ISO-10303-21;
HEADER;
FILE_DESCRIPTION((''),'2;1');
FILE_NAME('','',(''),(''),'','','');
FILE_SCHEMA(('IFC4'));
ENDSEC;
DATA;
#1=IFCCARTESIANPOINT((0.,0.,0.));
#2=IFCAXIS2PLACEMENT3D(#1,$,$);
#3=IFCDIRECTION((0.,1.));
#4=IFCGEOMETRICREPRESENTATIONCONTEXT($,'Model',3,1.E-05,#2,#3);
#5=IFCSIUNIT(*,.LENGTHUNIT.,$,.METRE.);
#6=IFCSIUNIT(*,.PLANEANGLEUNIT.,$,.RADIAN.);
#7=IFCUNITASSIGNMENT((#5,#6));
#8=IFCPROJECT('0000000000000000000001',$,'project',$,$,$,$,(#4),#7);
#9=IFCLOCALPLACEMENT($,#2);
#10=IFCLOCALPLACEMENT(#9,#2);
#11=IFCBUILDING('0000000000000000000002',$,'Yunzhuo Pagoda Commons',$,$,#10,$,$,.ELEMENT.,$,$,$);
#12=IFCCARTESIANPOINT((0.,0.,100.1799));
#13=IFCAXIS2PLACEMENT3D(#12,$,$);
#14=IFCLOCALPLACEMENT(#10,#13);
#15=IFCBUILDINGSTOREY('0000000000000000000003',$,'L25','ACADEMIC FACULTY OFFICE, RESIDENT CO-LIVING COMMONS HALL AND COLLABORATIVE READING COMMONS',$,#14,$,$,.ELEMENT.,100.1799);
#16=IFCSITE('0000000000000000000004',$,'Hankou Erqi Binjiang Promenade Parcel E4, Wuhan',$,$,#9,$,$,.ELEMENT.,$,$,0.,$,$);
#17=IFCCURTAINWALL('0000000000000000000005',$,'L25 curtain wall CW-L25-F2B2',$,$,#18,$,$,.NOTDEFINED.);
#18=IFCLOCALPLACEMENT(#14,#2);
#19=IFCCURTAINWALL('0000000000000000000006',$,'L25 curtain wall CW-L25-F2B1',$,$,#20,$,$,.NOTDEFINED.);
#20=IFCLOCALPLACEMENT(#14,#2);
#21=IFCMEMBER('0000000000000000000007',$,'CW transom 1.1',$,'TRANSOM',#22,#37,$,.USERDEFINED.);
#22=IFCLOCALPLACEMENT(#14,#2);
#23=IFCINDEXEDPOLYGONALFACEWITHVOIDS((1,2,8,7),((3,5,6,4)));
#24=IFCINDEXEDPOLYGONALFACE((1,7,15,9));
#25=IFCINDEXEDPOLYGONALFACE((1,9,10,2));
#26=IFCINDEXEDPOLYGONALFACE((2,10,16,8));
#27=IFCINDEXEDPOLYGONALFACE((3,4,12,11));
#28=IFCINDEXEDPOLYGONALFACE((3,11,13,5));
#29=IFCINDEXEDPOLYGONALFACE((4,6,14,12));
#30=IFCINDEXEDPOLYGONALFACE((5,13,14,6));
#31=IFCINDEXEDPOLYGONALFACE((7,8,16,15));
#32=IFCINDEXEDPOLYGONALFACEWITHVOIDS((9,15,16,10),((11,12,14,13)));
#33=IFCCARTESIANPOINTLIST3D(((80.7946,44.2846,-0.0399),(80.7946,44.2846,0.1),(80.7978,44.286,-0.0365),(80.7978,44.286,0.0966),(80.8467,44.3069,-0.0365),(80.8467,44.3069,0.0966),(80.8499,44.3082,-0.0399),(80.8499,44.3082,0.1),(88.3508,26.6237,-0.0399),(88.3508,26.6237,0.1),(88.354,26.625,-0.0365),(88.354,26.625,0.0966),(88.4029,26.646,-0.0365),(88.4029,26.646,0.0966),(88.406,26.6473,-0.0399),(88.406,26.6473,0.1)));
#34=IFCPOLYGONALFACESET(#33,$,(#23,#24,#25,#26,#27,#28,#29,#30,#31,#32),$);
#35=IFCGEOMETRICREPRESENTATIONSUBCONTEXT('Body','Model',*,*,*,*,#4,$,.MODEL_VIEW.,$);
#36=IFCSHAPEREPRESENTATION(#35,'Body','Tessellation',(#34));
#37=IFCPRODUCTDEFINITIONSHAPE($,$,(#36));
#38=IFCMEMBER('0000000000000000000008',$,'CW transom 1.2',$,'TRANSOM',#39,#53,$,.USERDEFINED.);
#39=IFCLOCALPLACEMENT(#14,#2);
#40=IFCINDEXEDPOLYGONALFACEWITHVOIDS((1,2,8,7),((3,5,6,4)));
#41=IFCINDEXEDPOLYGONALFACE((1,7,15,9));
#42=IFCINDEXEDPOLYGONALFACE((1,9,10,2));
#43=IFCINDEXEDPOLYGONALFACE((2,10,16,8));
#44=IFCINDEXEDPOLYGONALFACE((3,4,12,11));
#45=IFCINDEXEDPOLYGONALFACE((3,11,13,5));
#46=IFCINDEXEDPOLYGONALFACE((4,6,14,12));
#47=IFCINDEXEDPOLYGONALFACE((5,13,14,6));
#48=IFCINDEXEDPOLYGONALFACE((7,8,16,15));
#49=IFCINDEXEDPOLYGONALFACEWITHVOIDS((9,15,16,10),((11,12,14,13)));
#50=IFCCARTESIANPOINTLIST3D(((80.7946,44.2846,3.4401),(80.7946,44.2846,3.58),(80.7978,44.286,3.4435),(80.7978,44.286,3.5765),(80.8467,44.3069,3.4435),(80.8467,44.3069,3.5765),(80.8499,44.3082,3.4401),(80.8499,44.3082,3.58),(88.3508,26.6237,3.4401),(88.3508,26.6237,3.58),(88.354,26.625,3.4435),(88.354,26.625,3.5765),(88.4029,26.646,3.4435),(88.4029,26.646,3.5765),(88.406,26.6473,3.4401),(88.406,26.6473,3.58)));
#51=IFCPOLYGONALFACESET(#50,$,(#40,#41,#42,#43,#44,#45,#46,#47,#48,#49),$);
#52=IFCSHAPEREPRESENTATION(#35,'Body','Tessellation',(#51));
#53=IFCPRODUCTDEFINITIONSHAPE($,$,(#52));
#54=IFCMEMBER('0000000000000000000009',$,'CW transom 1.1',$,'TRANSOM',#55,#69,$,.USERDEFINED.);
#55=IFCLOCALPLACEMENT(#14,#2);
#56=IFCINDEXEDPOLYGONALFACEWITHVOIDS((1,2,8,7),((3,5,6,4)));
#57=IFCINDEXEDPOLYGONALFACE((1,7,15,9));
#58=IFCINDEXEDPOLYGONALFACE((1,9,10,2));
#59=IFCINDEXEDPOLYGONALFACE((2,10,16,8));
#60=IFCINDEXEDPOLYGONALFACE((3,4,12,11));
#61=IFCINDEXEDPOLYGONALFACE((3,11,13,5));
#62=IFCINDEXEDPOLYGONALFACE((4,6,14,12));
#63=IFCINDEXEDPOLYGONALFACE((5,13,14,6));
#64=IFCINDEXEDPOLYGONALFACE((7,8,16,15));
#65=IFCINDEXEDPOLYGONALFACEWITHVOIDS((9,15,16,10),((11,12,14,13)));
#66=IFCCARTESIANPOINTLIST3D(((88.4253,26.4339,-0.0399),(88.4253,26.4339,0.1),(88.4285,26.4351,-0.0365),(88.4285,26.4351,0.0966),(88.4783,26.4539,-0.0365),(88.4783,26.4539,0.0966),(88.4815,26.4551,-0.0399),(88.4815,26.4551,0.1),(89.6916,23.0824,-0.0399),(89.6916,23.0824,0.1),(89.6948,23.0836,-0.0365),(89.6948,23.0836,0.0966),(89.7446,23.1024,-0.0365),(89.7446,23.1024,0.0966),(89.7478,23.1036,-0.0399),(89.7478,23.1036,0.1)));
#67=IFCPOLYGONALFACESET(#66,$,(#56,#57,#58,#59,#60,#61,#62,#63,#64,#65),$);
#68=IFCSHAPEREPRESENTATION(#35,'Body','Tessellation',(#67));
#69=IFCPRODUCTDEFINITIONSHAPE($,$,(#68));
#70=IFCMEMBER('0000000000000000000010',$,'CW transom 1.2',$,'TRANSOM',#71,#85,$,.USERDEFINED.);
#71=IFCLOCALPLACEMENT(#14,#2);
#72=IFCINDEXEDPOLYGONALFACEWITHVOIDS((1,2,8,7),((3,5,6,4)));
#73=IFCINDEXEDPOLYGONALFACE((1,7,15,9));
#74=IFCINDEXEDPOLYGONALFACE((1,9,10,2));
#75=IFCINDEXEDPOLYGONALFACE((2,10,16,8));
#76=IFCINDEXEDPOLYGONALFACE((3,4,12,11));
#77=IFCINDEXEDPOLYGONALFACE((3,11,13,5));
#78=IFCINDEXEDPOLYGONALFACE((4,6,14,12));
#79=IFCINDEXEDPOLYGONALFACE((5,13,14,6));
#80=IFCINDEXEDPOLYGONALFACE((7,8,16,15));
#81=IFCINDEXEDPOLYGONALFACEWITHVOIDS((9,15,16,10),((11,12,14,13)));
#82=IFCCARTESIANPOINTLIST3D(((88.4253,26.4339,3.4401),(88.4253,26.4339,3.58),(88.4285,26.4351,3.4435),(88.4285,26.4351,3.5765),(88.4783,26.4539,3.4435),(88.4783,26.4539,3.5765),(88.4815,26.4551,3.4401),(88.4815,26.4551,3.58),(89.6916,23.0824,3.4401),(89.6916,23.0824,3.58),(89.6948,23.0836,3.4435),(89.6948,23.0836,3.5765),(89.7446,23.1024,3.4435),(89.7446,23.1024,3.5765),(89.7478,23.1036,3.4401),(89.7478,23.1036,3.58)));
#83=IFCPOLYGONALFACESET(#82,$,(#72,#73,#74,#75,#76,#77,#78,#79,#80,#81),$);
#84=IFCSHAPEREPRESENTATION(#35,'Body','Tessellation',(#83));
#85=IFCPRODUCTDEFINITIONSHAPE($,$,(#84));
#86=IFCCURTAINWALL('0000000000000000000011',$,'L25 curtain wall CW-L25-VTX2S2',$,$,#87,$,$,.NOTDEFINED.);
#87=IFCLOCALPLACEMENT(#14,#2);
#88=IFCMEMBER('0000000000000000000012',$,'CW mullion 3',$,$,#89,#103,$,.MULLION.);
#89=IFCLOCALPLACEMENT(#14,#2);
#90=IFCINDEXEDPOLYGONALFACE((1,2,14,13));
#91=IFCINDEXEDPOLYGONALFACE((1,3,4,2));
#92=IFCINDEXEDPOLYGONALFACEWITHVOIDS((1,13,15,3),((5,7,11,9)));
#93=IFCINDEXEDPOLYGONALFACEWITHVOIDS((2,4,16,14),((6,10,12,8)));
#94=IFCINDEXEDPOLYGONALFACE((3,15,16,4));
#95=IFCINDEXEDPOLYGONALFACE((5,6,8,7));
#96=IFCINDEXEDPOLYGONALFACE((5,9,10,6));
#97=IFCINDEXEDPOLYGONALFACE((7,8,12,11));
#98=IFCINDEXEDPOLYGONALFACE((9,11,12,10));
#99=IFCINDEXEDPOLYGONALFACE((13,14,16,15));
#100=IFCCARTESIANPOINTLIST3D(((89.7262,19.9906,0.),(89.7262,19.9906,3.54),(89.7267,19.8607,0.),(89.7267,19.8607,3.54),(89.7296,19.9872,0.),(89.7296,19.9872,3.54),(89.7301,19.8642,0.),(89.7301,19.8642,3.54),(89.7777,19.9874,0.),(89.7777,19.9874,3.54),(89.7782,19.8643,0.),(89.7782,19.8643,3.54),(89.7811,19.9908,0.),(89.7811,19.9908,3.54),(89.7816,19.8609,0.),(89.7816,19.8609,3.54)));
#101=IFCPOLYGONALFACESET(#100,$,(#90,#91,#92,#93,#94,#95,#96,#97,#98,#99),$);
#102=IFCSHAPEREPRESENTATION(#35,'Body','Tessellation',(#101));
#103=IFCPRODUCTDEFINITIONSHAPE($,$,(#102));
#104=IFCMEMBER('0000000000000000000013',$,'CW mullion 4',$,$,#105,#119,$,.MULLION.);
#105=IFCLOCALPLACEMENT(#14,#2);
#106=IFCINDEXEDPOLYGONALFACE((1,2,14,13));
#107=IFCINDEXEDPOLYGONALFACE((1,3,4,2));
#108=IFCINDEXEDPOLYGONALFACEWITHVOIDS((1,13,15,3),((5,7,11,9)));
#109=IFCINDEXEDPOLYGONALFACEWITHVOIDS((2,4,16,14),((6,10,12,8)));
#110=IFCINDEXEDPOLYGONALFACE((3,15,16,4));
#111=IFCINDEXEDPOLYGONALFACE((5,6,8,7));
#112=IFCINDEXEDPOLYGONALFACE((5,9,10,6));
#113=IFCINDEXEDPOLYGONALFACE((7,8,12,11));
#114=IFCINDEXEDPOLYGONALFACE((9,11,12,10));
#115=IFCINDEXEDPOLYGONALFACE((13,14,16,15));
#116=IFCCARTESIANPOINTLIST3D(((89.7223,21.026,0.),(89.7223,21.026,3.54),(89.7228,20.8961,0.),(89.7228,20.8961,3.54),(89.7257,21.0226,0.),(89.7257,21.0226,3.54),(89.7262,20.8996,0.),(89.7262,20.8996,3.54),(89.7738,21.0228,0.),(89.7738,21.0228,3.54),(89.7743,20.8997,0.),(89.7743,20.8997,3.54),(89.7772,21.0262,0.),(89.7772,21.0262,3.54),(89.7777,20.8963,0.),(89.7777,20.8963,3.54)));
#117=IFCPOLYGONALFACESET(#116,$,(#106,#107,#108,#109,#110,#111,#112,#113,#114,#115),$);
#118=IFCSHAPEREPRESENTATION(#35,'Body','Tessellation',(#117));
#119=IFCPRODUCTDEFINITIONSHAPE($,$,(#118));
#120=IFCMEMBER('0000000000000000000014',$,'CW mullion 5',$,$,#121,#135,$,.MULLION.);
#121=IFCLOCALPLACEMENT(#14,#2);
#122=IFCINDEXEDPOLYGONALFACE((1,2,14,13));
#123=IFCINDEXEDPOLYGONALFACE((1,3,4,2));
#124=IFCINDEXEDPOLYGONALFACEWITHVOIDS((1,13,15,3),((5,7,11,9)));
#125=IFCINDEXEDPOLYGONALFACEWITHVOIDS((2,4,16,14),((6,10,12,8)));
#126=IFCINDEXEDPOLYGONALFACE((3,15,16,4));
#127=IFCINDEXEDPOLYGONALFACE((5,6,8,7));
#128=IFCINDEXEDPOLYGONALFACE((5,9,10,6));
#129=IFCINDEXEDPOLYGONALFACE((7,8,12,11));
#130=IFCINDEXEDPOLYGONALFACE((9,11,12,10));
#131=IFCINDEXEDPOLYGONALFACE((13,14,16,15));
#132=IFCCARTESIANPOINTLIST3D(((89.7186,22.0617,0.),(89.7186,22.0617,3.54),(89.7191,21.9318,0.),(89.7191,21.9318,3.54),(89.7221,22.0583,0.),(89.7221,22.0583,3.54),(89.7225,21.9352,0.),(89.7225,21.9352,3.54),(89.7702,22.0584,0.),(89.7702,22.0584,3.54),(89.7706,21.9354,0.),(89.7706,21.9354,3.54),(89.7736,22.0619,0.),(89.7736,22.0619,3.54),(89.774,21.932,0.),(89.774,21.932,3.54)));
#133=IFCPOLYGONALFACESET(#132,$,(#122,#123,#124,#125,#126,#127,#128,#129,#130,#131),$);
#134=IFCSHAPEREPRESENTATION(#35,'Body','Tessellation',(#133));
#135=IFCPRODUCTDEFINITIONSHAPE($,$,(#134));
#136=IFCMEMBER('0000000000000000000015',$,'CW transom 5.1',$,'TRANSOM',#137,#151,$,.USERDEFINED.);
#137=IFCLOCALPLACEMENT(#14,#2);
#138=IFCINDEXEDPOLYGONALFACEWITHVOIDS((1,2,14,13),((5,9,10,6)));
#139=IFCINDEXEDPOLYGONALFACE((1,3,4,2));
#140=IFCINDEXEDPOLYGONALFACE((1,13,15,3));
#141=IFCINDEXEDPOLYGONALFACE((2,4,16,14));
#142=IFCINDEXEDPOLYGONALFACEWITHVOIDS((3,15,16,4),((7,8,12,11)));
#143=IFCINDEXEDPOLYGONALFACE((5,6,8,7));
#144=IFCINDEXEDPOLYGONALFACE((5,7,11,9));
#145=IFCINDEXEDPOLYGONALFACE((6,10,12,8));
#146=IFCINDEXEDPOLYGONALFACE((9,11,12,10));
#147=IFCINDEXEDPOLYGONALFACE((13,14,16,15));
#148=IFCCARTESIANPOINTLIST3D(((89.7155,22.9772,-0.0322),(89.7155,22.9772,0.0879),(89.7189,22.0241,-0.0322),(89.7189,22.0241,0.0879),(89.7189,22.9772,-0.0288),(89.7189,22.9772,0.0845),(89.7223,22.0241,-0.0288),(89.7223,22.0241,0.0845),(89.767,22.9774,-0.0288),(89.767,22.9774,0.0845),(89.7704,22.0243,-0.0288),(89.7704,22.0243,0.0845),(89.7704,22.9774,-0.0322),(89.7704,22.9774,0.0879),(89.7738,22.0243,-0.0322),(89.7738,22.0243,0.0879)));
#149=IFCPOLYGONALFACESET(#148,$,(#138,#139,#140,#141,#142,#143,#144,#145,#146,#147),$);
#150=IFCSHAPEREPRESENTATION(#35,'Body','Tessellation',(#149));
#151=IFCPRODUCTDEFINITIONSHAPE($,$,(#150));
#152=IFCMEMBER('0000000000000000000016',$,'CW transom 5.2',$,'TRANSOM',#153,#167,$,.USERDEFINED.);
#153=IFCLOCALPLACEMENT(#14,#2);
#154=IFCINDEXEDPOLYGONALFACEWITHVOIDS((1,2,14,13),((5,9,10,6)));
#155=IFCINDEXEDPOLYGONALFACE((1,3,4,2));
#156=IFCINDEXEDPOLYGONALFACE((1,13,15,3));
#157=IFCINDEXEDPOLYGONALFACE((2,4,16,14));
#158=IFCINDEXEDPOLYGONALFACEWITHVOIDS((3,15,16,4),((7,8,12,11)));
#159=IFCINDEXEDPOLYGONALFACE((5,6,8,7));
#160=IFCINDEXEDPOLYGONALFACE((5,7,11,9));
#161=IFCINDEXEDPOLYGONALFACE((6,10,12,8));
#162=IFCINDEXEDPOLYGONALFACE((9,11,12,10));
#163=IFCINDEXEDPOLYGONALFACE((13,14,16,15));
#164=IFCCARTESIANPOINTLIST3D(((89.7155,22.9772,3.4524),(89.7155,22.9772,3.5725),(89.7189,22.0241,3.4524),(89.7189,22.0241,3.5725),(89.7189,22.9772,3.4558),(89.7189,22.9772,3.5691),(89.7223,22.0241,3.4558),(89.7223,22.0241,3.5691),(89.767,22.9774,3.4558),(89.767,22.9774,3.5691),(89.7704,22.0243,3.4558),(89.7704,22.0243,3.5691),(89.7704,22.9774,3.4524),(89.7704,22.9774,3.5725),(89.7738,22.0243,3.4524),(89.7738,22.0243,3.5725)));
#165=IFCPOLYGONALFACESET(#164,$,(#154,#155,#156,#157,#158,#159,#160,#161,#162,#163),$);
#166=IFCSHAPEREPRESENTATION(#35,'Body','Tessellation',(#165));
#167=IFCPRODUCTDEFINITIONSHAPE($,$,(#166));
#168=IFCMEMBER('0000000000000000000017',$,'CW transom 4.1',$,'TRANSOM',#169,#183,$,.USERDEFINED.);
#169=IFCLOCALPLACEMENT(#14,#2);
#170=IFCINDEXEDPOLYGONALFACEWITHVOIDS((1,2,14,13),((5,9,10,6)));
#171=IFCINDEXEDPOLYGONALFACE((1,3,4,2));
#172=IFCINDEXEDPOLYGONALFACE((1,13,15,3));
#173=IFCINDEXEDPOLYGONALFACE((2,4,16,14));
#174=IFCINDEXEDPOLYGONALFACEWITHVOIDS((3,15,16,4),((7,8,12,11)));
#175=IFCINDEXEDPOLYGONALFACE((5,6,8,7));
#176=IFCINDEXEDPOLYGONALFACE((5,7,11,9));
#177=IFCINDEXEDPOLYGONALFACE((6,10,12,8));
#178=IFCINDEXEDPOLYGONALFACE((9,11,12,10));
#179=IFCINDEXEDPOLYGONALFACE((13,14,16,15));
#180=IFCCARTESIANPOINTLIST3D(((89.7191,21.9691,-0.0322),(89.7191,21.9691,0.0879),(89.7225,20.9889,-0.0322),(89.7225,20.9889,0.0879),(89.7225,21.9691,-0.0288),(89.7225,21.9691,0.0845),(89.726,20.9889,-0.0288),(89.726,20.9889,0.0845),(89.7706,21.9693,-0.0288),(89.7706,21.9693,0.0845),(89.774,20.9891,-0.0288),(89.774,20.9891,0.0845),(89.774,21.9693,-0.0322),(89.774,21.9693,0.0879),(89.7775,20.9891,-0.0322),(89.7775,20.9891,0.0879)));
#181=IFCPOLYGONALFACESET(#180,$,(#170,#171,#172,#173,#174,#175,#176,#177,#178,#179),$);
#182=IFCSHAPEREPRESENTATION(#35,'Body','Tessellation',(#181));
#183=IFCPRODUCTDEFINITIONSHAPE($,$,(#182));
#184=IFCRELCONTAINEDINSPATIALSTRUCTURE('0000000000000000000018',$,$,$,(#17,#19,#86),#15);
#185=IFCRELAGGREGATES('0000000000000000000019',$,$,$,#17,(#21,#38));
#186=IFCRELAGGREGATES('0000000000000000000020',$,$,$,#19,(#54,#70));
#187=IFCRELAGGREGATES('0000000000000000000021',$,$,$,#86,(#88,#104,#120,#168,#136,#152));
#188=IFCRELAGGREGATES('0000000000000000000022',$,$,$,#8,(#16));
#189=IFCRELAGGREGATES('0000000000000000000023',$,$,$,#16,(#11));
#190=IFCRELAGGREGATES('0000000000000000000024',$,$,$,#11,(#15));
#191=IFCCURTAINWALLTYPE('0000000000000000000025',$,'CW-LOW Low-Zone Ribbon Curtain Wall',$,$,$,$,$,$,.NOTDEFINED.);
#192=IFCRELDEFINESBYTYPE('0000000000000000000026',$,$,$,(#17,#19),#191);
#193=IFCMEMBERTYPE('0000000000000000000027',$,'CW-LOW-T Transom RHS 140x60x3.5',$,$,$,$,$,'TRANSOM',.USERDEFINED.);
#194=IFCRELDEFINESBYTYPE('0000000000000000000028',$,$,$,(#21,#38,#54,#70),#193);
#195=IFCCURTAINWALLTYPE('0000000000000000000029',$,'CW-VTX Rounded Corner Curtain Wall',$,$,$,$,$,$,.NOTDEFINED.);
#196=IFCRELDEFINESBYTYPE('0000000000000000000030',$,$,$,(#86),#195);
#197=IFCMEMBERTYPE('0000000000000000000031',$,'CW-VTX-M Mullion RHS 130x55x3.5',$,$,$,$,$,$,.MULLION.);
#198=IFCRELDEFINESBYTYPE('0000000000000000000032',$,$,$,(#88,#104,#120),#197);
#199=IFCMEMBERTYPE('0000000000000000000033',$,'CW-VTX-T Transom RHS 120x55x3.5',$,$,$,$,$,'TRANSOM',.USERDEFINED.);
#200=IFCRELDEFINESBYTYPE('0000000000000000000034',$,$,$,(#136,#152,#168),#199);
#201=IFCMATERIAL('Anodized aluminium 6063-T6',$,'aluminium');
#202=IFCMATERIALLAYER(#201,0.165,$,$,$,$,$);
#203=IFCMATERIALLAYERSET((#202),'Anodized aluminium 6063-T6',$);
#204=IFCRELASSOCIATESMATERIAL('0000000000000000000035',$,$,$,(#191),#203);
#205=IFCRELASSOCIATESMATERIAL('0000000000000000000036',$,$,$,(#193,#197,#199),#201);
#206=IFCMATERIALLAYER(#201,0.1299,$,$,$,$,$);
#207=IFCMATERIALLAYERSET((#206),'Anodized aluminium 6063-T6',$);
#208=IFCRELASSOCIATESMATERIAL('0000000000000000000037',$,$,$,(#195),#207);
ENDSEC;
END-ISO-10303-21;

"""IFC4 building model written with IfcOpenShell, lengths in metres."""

from ifc_helpers import new_model, si_unit, direction, frame, origin, origin_2d, place, context, subcontext, project, spatial, hollow_rectangle, extrude, source, transform, mapped, material, layer, layer_set, material_profile, profile_set, type_object, element, aggregate, save


model = new_model("IFC4")

# Units and contexts
model_context = context("Model", 3, precision=1e-05, world=origin(), true_north=direction((0.0, 1.0)))
body_context = subcontext(model_context, "Body", "Model", "MODEL_VIEW")
ifc_project = project(units=[si_unit("LENGTHUNIT", "METRE"), si_unit("PLANEANGLEUNIT", "RADIAN")], contexts=[model_context])

# Site, building, storey
site_placement = place(None, origin())
site = spatial("IfcSite", under=ifc_project, at=site_placement, Name="Hankou Erqi Binjiang Promenade Parcel E4, Wuhan", CompositionType="ELEMENT", RefElevation=0.0)
building_placement = place(site_placement, origin())
building = spatial("IfcBuilding", under=site, at=building_placement, Name="Yunzhuo Pagoda Commons", CompositionType="ELEMENT")
storey_placement = place(building_placement, frame((0.0, 0.0, 100.1799)))
storey = spatial("IfcBuildingStorey", under=building, at=storey_placement, Name="L25", Description="ACADEMIC FACULTY OFFICE, RESIDENT CO-LIVING COMMONS HALL AND COLLABORATIVE READING COMMONS", CompositionType="ELEMENT", Elevation=100.1799)

# Curtain wall
ifc_material_1 = material(Name="Anodized aluminium 6063-T6", Category="aluminium")
ifc_layer_1 = layer(ifc_material_1, 0.165)
ifc_layer_set_1 = layer_set([ifc_layer_1], Name="Anodized aluminium 6063-T6")
curtain_wall_type_1 = type_object("IfcCurtainWallType", Name="CW-LOW Low-Zone Ribbon Curtain Wall", PredefinedType="NOTDEFINED", material=ifc_layer_set_1)
curtain_wall_1_placement = place(storey_placement, origin())
curtain_wall_1 = element("IfcCurtainWall", 1, at=curtain_wall_1_placement, inside=storey, type_object=curtain_wall_type_1, Name="L25 curtain wall CW-L25-F2B2", PredefinedType="NOTDEFINED")

# Curtain wall
curtain_wall_2_placement = place(storey_placement, origin())
curtain_wall_2 = element("IfcCurtainWall", 2, at=curtain_wall_2_placement, inside=storey, type_object=curtain_wall_type_1, Name="L25 curtain wall CW-L25-F2B1", PredefinedType="NOTDEFINED")

# Members
ifc_material_profile_1 = material_profile(ifc_material_1, hollow_rectangle(XDim=0.0601, YDim=0.1399, WallThickness=0.0034, at=origin_2d()), Name="Anodized aluminium 6063-T6")
ifc_profile_set_1 = profile_set([ifc_material_profile_1], Name="Anodized aluminium 6063-T6")
member_type_1 = type_object("IfcMemberType", Name="CW-LOW-T Transom RHS 140x60x3.5", ElementType="TRANSOM", PredefinedType="USERDEFINED", material=ifc_profile_set_1)
shared_shape_1 = source(origin(), body_context, "Body", "SweptSolid", [
    extrude(hollow_rectangle(XDim=0.0601, YDim=0.1399, WallThickness=0.0034, at=origin_2d()), origin(), (0.0, 0.0, 1.0), 19.2095),
])
member_1_placement = place(storey_placement, frame((88.3784, 26.6355, 0.03), z_axis=(-0.393356, 0.919386, 0.0), x_axis=(-0.919386, -0.393356, 0.0)))
member_1 = element("IfcMember", 3, at=member_1_placement, type_object=member_type_1, Name="CW transom 1.1", ObjectType="TRANSOM", PredefinedType="USERDEFINED", context=body_context, shape_type="MappedRepresentation", body=[
    mapped(shared_shape_1, transform((0.0, 0.0, 0.0), scale=1.0)),
])
member_2_placement = place(storey_placement, frame((88.3784, 26.6355, 3.51), z_axis=(-0.393356, 0.919386, 0.0), x_axis=(-0.919386, -0.393356, 0.0)))
member_2 = element("IfcMember", 4, at=member_2_placement, type_object=member_type_1, Name="CW transom 1.2", ObjectType="TRANSOM", PredefinedType="USERDEFINED", context=body_context, shape_type="MappedRepresentation", body=[
    mapped(shared_shape_1, transform((0.0, 0.0, 0.0), scale=1.0)),
])
aggregate(curtain_wall_1, [member_1, member_2])
shared_shape_2 = source(origin(), body_context, "Body", "SweptSolid", [
    extrude(hollow_rectangle(XDim=0.0601, YDim=0.1399, WallThickness=0.0034, at=origin_2d()), origin(), (0.0, 0.0, 1.0), 3.5828),
])
member_3_placement = place(storey_placement, frame((89.7197, 23.093, 0.03), z_axis=(-0.353452, 0.935453, 0.0), x_axis=(-0.935453, -0.353452, 0.0)))
member_3 = element("IfcMember", 5, at=member_3_placement, type_object=member_type_1, Name="CW transom 1.1", ObjectType="TRANSOM", PredefinedType="USERDEFINED", context=body_context, shape_type="MappedRepresentation", body=[
    mapped(shared_shape_2, transform((0.0, 0.0, 0.0), scale=1.0)),
])
member_4_placement = place(storey_placement, frame((89.7197, 23.093, 3.51), z_axis=(-0.353452, 0.935453, 0.0), x_axis=(-0.935453, -0.353452, 0.0)))
member_4 = element("IfcMember", 6, at=member_4_placement, type_object=member_type_1, Name="CW transom 1.2", ObjectType="TRANSOM", PredefinedType="USERDEFINED", context=body_context, shape_type="MappedRepresentation", body=[
    mapped(shared_shape_2, transform((0.0, 0.0, 0.0), scale=1.0)),
])

# Curtain wall, members
ifc_layer_2 = layer(ifc_material_1, 0.1299)
ifc_layer_set_2 = layer_set([ifc_layer_2], Name="Anodized aluminium 6063-T6")
curtain_wall_type_2 = type_object("IfcCurtainWallType", Name="CW-VTX Rounded Corner Curtain Wall", PredefinedType="NOTDEFINED", material=ifc_layer_set_2)
curtain_wall_3_placement = place(storey_placement, origin())
curtain_wall_3 = element("IfcCurtainWall", 7, at=curtain_wall_3_placement, inside=storey, type_object=curtain_wall_type_2, Name="L25 curtain wall CW-L25-VTX2S2", PredefinedType="NOTDEFINED")
ifc_material_profile_2 = material_profile(ifc_material_1, hollow_rectangle(XDim=0.0549, YDim=0.1299, WallThickness=0.0034, at=origin_2d()), Name="Anodized aluminium 6063-T6")
ifc_profile_set_2 = profile_set([ifc_material_profile_2], Name="Anodized aluminium 6063-T6")
member_type_2 = type_object("IfcMemberType", Name="CW-VTX-M Mullion RHS 130x55x3.5", PredefinedType="MULLION", material=ifc_profile_set_2)
shared_shape_3 = source(origin(), body_context, "Body", "SweptSolid", [
    extrude(hollow_rectangle(XDim=0.0549, YDim=0.1299, WallThickness=0.0034, at=origin_2d()), origin(), (0.0, 0.0, 1.0), 3.54),
])
member_5_placement = place(storey_placement, frame((89.7539, 19.9258, 0.0), z_axis=(0.0, 0.0, 1.0), x_axis=(-0.999994, -0.003573, 0.0)))
member_5 = element("IfcMember", 8, at=member_5_placement, type_object=member_type_2, Name="CW mullion 3", PredefinedType="MULLION", context=body_context, shape_type="MappedRepresentation", body=[
    mapped(shared_shape_3, transform((0.0, 0.0, 0.0), scale=1.0)),
])
member_6_placement = place(storey_placement, frame((89.75, 20.9612, 0.0), z_axis=(0.0, 0.0, 1.0), x_axis=(-0.999994, -0.003573, 0.0)))
member_6 = element("IfcMember", 9, at=member_6_placement, type_object=member_type_2, Name="CW mullion 4", PredefinedType="MULLION", context=body_context, shape_type="MappedRepresentation", body=[
    mapped(shared_shape_3, transform((0.0, 0.0, 0.0), scale=1.0)),
])
member_7_placement = place(storey_placement, frame((89.7463, 21.9968, 0.0), z_axis=(0.0, 0.0, 1.0), x_axis=(-0.999994, -0.003573, 0.0)))
member_7 = element("IfcMember", 10, at=member_7_placement, type_object=member_type_2, Name="CW mullion 5", PredefinedType="MULLION", context=body_context, shape_type="MappedRepresentation", body=[
    mapped(shared_shape_3, transform((0.0, 0.0, 0.0), scale=1.0)),
])
ifc_material_profile_3 = material_profile(ifc_material_1, hollow_rectangle(XDim=0.0549, YDim=0.1201, WallThickness=0.0034, at=origin_2d()), Name="Anodized aluminium 6063-T6")
ifc_profile_set_3 = profile_set([ifc_material_profile_3], Name="Anodized aluminium 6063-T6")
member_type_3 = type_object("IfcMemberType", Name="CW-VTX-T Transom RHS 120x55x3.5", ElementType="TRANSOM", PredefinedType="USERDEFINED", material=ifc_profile_set_3)
shared_shape_4 = source(origin(), body_context, "Body", "SweptSolid", [
    extrude(hollow_rectangle(XDim=0.0549, YDim=0.1201, WallThickness=0.0034, at=origin_2d()), origin(), (0.0, 0.0, 1.0), 0.9531),
])
member_8_placement = place(storey_placement, frame((89.7463, 22.0242, 0.0278), z_axis=(-0.003586, 0.999994, 0.0), x_axis=(-0.999994, -0.003586, 0.0)))
member_8 = element("IfcMember", 11, at=member_8_placement, type_object=member_type_3, Name="CW transom 5.1", ObjectType="TRANSOM", PredefinedType="USERDEFINED", context=body_context, shape_type="MappedRepresentation", body=[
    mapped(shared_shape_4, transform((0.0, 0.0, 0.0), scale=1.0)),
])
member_9_placement = place(storey_placement, frame((89.7463, 22.0242, 3.5125), z_axis=(-0.003586, 0.999994, 0.0), x_axis=(-0.999994, -0.003586, 0.0)))
member_9 = element("IfcMember", 12, at=member_9_placement, type_object=member_type_3, Name="CW transom 5.2", ObjectType="TRANSOM", PredefinedType="USERDEFINED", context=body_context, shape_type="MappedRepresentation", body=[
    mapped(shared_shape_4, transform((0.0, 0.0, 0.0), scale=1.0)),
])
shared_shape_5 = source(origin(), body_context, "Body", "SweptSolid", [
    extrude(hollow_rectangle(XDim=0.0549, YDim=0.1201, WallThickness=0.0034, at=origin_2d()), origin(), (0.0, 0.0, 1.0), 0.9802),
])
member_10_placement = place(storey_placement, frame((89.75, 20.989, 0.0278), z_axis=(-0.003487, 0.999994, 0.0), x_axis=(-0.999994, -0.003487, 0.0)))
member_10 = element("IfcMember", 13, at=member_10_placement, type_object=member_type_3, Name="CW transom 4.1", ObjectType="TRANSOM", PredefinedType="USERDEFINED", context=body_context, shape_type="MappedRepresentation", body=[
    mapped(shared_shape_5, transform((0.0, 0.0, 0.0), scale=1.0)),
])

aggregate(curtain_wall_2, [member_3, member_4])
aggregate(curtain_wall_3, [member_5, member_6, member_7, member_10, member_8, member_9])

save(model, "model.ifc")
